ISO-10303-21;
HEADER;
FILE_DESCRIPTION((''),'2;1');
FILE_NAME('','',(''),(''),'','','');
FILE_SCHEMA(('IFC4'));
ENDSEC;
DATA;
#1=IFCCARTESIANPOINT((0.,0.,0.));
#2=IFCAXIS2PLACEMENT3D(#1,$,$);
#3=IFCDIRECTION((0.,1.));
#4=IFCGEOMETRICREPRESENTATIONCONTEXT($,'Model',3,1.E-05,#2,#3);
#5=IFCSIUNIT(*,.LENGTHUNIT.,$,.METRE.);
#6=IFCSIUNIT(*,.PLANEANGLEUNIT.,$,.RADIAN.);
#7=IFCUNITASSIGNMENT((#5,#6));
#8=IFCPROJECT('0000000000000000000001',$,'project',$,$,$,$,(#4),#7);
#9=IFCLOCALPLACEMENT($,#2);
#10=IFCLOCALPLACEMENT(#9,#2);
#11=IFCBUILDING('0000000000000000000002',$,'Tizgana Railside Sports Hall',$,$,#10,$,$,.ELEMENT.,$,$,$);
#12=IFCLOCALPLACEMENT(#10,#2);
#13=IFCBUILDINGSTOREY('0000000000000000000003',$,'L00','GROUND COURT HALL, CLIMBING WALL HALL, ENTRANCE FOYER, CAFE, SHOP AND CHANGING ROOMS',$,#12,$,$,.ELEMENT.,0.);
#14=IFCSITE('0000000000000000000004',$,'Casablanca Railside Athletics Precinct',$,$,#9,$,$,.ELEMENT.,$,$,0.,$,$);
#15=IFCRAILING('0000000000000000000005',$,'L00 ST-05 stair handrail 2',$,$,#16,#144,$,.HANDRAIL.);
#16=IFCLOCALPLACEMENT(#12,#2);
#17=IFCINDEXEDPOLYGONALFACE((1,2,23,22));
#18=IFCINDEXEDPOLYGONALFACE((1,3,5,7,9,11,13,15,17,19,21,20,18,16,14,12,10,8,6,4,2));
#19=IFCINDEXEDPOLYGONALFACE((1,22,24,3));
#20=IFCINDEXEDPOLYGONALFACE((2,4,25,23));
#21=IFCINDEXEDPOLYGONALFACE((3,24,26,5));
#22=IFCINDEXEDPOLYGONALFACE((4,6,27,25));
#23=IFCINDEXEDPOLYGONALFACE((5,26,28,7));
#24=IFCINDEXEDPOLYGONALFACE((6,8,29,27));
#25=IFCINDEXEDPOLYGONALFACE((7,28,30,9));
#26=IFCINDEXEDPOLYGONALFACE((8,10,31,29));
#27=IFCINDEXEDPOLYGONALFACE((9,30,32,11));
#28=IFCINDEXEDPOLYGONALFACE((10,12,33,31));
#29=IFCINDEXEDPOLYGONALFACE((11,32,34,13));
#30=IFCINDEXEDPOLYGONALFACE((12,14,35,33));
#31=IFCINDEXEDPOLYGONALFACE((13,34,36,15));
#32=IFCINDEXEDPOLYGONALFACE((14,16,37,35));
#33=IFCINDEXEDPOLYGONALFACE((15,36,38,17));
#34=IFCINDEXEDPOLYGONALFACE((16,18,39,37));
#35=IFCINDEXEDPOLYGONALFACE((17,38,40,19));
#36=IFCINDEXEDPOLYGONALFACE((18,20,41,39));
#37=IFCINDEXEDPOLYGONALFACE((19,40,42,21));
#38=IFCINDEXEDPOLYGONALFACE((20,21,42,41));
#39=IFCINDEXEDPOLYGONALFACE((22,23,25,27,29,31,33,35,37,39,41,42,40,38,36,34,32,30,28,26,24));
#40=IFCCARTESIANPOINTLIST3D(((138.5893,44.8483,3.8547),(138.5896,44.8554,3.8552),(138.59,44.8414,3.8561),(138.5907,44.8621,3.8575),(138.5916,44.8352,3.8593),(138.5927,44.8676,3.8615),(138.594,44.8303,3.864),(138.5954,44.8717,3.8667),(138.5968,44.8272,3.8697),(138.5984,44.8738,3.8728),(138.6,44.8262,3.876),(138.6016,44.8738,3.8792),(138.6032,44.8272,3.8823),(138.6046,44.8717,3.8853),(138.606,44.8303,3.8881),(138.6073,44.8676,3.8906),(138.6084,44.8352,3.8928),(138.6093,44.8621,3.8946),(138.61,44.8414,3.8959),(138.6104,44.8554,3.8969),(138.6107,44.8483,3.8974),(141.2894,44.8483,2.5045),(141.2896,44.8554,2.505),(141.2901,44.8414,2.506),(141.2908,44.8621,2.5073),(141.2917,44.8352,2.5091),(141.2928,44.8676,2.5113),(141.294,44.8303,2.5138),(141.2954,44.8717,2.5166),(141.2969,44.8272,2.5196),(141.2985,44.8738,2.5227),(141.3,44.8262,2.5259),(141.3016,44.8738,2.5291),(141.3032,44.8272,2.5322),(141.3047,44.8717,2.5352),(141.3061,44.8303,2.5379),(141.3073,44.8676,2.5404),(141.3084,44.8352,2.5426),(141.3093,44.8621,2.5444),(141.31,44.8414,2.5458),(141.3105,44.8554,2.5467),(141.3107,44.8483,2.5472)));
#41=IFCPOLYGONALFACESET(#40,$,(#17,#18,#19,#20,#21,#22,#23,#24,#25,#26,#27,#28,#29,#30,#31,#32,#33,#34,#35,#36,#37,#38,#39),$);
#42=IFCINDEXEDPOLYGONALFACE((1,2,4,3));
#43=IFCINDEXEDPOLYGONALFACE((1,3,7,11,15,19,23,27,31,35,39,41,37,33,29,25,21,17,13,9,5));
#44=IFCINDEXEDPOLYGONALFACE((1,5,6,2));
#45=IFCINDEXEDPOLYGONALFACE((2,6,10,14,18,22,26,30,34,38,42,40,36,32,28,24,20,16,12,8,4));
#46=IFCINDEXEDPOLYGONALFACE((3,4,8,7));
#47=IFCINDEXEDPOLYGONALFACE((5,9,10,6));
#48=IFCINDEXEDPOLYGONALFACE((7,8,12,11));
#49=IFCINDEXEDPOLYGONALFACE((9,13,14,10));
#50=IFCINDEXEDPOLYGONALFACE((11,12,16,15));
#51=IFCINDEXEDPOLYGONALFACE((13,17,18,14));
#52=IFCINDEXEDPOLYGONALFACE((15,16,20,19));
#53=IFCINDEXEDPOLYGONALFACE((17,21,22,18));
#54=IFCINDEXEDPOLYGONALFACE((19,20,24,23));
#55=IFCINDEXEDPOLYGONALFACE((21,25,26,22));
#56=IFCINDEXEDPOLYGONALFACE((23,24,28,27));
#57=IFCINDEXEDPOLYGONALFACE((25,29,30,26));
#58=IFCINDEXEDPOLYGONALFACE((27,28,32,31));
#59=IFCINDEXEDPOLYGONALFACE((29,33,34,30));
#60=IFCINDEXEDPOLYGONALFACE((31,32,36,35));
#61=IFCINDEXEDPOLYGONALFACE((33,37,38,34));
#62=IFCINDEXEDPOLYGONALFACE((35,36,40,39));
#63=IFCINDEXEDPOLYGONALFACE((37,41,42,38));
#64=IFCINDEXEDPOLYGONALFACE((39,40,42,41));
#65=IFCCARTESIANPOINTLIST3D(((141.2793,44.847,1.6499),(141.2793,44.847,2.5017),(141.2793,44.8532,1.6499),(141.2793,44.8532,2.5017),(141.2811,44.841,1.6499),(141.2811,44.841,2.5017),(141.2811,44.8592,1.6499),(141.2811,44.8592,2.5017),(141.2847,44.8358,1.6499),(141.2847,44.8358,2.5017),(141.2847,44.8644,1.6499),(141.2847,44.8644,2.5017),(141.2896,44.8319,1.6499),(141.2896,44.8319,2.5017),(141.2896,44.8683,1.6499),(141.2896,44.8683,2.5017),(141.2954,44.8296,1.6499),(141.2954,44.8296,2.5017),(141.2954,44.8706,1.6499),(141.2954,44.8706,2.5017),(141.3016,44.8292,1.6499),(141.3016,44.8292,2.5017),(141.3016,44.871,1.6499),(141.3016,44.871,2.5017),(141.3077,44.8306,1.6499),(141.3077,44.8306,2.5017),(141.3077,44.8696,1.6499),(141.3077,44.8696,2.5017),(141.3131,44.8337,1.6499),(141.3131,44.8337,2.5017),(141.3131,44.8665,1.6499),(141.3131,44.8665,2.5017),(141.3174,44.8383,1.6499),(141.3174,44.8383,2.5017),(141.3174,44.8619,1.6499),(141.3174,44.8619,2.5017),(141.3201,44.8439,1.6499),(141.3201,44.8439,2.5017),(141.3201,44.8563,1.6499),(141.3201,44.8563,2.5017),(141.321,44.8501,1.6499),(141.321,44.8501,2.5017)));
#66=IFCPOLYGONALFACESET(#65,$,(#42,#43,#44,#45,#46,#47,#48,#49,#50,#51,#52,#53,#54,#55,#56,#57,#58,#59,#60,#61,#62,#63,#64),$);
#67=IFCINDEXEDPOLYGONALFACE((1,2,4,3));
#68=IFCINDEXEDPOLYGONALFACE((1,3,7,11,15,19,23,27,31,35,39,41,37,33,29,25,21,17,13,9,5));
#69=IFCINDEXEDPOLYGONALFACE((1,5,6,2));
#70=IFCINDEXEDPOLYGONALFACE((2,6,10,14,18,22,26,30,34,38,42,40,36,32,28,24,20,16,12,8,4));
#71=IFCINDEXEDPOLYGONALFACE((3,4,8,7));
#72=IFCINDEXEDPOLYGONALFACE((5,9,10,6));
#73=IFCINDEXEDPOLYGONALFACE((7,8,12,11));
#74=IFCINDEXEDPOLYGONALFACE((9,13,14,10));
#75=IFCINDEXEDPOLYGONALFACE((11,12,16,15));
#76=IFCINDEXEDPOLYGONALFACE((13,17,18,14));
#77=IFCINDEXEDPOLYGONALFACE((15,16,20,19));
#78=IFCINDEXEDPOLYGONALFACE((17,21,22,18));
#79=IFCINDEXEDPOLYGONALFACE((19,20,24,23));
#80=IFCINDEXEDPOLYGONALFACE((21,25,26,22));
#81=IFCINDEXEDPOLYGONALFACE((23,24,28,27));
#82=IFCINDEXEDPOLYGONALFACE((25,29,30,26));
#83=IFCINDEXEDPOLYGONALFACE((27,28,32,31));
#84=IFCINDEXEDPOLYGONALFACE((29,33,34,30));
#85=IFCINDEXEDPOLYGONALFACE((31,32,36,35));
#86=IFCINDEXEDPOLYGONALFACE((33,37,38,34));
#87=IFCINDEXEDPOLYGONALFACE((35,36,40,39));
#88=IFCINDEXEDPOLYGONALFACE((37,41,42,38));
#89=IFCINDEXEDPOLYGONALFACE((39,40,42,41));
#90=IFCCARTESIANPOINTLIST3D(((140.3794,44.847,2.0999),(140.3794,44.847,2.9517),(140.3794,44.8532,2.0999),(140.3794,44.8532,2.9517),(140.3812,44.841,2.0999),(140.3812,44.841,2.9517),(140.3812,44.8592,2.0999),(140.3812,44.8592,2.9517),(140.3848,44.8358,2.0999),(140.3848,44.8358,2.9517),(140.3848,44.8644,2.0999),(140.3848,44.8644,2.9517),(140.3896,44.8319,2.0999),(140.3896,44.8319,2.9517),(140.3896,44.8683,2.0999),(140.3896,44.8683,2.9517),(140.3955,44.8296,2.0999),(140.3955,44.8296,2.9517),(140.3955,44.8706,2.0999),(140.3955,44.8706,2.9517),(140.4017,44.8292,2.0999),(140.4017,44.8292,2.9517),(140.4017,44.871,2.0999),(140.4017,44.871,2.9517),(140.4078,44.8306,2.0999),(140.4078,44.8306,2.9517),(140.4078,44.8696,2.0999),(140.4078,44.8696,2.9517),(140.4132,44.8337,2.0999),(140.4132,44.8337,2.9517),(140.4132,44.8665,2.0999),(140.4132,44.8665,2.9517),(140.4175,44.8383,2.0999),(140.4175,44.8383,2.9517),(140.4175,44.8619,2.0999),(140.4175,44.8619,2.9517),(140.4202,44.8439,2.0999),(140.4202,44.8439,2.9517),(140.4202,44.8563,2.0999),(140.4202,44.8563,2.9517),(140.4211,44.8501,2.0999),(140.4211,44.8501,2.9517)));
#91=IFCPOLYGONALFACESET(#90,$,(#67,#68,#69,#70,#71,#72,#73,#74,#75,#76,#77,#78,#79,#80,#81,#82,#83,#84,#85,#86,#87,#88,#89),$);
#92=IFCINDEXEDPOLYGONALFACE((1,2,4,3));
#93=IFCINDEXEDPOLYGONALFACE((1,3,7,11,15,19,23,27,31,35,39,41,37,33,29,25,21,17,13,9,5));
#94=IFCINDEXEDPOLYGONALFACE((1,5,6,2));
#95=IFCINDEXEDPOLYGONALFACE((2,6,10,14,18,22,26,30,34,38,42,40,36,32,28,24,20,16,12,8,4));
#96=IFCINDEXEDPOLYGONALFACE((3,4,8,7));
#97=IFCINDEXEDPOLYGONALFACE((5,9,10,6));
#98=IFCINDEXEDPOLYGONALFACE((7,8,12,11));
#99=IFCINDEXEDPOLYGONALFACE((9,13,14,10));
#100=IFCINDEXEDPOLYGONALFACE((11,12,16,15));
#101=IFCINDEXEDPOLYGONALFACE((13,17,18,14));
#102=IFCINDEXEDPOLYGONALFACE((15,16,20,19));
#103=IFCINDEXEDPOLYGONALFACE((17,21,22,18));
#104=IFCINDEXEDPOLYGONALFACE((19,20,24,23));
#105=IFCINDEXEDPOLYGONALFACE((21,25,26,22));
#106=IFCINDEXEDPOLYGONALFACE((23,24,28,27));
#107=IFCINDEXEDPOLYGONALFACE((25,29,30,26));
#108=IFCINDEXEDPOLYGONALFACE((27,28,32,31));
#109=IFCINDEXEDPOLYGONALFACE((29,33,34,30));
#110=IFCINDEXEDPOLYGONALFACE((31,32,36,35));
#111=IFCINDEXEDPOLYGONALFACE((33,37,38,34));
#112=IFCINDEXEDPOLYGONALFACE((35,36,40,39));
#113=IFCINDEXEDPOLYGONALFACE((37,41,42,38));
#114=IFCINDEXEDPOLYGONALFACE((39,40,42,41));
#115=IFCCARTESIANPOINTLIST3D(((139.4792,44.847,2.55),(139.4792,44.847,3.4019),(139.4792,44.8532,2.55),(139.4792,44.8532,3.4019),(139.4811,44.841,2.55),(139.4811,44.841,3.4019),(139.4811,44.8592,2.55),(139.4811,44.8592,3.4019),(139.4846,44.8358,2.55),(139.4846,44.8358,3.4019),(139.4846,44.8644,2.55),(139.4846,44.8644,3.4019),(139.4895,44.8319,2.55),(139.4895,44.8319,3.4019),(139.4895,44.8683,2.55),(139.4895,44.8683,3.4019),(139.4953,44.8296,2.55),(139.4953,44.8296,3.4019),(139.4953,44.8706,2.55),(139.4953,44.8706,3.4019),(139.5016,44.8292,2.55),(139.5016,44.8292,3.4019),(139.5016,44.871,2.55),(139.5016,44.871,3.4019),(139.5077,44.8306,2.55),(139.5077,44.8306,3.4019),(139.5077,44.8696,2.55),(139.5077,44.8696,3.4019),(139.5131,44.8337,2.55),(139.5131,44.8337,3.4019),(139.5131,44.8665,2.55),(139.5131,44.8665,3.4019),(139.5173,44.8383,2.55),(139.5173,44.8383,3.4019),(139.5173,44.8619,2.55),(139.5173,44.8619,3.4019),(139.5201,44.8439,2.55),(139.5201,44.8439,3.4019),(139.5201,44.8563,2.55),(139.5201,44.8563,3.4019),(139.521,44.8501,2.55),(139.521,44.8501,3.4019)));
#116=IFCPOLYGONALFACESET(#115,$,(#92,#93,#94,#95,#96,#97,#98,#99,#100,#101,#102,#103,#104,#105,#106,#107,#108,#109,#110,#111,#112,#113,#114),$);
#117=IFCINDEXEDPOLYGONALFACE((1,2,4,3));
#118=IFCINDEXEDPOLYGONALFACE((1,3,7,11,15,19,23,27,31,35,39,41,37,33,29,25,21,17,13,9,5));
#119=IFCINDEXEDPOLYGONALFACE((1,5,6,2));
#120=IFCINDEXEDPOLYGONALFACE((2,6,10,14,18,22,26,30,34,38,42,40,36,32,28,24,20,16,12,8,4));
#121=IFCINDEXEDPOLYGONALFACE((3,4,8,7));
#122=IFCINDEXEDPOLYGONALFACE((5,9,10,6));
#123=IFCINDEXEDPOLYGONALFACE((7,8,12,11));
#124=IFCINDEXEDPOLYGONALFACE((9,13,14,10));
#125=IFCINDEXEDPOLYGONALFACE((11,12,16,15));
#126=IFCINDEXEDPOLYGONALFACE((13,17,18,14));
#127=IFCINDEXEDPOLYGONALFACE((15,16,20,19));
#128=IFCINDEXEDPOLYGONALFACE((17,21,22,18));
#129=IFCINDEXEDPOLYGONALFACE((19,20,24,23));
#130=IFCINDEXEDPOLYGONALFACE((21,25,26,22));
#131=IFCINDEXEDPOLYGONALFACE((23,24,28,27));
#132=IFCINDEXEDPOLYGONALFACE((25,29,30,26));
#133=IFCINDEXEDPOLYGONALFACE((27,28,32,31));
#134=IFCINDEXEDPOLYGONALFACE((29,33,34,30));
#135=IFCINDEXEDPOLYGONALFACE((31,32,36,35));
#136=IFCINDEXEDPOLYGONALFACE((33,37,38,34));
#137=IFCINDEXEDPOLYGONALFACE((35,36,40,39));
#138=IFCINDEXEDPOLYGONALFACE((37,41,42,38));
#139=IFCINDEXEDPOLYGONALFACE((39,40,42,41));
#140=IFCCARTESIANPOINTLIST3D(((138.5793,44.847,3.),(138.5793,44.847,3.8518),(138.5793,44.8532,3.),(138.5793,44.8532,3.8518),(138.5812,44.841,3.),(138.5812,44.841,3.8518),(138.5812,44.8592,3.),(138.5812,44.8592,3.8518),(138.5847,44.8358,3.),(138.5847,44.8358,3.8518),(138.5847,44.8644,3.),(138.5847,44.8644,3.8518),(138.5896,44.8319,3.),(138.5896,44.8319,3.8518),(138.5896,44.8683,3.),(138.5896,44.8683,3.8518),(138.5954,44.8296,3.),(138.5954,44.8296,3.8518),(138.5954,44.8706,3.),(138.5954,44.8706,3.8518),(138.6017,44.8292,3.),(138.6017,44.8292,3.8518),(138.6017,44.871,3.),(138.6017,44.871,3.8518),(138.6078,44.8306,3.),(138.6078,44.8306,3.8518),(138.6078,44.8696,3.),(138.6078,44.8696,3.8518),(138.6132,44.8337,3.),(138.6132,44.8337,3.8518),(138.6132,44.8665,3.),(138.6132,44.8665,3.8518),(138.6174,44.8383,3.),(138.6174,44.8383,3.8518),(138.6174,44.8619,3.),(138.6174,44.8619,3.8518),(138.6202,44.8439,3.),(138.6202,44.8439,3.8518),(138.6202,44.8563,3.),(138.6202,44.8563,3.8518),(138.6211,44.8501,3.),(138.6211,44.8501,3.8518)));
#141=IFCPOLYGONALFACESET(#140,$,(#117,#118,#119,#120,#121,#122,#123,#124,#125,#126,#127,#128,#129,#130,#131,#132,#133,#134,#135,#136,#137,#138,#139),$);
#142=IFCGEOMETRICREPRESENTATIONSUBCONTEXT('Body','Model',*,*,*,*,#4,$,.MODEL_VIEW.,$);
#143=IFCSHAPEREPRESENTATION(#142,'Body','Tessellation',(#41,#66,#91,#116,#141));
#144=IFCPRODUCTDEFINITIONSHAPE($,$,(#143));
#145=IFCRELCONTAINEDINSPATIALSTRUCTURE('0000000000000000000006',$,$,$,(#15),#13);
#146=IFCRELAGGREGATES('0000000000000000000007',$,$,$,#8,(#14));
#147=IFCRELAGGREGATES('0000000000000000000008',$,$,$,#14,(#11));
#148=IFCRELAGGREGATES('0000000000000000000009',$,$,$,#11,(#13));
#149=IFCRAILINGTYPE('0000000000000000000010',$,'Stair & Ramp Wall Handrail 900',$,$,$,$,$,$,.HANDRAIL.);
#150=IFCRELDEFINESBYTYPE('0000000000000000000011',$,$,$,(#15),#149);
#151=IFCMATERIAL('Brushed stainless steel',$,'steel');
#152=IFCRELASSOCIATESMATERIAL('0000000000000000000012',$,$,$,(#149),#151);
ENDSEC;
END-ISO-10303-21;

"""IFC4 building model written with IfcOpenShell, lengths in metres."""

from ifc_helpers import new_model, si_unit, direction, frame, origin, origin_2d, place, context, subcontext, project, spatial, circle, extrude, material, type_object, element, save


model = new_model("IFC4")

# Units and contexts
model_context = context("Model", 3, precision=1e-05, world=origin(), true_north=direction((0.0, 1.0)))
body_context = subcontext(model_context, "Body", "Model", "MODEL_VIEW")
ifc_project = project(units=[si_unit("LENGTHUNIT", "METRE"), si_unit("PLANEANGLEUNIT", "RADIAN")], contexts=[model_context])

# Site, building, storey
site_placement = place(None, origin())
site = spatial("IfcSite", under=ifc_project, at=site_placement, Name="Casablanca Railside Athletics Precinct", CompositionType="ELEMENT", RefElevation=0.0)
building_placement = place(site_placement, origin())
building = spatial("IfcBuilding", under=site, at=building_placement, Name="Tizgana Railside Sports Hall", CompositionType="ELEMENT")
storey_placement = place(building_placement, origin())
storey = spatial("IfcBuildingStorey", under=building, at=storey_placement, Name="L00", Description="GROUND COURT HALL, CLIMBING WALL HALL, ENTRANCE FOYER, CAFE, SHOP AND CHANGING ROOMS", CompositionType="ELEMENT", Elevation=0.0)

# Shared definitions
ifc_material_1 = material(Name="Brushed stainless steel", Category="steel")

# Railing
railing_type_1 = type_object("IfcRailingType", Name="Stair & Ramp Wall Handrail 900", PredefinedType="HANDRAIL", material=ifc_material_1)
railing_1_placement = place(storey_placement, frame((141.3, 44.8501, 1.6499)))
element("IfcRailing", 1, at=railing_1_placement, inside=storey, type_object=railing_type_1, Name="L00 ST-05 stair handrail 2", PredefinedType="HANDRAIL", context=body_context, shape_type="SweptSolid", body=[
    extrude(circle(Radius=0.0239, at=origin_2d()), frame((0.0, 0.0, 0.876), z_axis=(-0.894411, 0.0, 0.447246), x_axis=(0.0, -1.0, 0.0)), (0.0, 0.0, 1.0), 3.0188),
    extrude(circle(Radius=0.021, at=origin_2d()), origin(), (0.0, 0.0, 1.0), 0.8518),
    extrude(circle(Radius=0.021, at=origin_2d()), frame((-0.8999, 0.0, 0.45)), (0.0, 0.0, 1.0), 0.8518),
    extrude(circle(Radius=0.021, at=origin_2d()), frame((-1.8, 0.0, 0.9001)), (0.0, 0.0, 1.0), 0.8518),
    extrude(circle(Radius=0.021, at=origin_2d()), frame((-2.7, 0.0, 1.3501)), (0.0, 0.0, 1.0), 0.8518),
])

save(model, "model.ifc")
